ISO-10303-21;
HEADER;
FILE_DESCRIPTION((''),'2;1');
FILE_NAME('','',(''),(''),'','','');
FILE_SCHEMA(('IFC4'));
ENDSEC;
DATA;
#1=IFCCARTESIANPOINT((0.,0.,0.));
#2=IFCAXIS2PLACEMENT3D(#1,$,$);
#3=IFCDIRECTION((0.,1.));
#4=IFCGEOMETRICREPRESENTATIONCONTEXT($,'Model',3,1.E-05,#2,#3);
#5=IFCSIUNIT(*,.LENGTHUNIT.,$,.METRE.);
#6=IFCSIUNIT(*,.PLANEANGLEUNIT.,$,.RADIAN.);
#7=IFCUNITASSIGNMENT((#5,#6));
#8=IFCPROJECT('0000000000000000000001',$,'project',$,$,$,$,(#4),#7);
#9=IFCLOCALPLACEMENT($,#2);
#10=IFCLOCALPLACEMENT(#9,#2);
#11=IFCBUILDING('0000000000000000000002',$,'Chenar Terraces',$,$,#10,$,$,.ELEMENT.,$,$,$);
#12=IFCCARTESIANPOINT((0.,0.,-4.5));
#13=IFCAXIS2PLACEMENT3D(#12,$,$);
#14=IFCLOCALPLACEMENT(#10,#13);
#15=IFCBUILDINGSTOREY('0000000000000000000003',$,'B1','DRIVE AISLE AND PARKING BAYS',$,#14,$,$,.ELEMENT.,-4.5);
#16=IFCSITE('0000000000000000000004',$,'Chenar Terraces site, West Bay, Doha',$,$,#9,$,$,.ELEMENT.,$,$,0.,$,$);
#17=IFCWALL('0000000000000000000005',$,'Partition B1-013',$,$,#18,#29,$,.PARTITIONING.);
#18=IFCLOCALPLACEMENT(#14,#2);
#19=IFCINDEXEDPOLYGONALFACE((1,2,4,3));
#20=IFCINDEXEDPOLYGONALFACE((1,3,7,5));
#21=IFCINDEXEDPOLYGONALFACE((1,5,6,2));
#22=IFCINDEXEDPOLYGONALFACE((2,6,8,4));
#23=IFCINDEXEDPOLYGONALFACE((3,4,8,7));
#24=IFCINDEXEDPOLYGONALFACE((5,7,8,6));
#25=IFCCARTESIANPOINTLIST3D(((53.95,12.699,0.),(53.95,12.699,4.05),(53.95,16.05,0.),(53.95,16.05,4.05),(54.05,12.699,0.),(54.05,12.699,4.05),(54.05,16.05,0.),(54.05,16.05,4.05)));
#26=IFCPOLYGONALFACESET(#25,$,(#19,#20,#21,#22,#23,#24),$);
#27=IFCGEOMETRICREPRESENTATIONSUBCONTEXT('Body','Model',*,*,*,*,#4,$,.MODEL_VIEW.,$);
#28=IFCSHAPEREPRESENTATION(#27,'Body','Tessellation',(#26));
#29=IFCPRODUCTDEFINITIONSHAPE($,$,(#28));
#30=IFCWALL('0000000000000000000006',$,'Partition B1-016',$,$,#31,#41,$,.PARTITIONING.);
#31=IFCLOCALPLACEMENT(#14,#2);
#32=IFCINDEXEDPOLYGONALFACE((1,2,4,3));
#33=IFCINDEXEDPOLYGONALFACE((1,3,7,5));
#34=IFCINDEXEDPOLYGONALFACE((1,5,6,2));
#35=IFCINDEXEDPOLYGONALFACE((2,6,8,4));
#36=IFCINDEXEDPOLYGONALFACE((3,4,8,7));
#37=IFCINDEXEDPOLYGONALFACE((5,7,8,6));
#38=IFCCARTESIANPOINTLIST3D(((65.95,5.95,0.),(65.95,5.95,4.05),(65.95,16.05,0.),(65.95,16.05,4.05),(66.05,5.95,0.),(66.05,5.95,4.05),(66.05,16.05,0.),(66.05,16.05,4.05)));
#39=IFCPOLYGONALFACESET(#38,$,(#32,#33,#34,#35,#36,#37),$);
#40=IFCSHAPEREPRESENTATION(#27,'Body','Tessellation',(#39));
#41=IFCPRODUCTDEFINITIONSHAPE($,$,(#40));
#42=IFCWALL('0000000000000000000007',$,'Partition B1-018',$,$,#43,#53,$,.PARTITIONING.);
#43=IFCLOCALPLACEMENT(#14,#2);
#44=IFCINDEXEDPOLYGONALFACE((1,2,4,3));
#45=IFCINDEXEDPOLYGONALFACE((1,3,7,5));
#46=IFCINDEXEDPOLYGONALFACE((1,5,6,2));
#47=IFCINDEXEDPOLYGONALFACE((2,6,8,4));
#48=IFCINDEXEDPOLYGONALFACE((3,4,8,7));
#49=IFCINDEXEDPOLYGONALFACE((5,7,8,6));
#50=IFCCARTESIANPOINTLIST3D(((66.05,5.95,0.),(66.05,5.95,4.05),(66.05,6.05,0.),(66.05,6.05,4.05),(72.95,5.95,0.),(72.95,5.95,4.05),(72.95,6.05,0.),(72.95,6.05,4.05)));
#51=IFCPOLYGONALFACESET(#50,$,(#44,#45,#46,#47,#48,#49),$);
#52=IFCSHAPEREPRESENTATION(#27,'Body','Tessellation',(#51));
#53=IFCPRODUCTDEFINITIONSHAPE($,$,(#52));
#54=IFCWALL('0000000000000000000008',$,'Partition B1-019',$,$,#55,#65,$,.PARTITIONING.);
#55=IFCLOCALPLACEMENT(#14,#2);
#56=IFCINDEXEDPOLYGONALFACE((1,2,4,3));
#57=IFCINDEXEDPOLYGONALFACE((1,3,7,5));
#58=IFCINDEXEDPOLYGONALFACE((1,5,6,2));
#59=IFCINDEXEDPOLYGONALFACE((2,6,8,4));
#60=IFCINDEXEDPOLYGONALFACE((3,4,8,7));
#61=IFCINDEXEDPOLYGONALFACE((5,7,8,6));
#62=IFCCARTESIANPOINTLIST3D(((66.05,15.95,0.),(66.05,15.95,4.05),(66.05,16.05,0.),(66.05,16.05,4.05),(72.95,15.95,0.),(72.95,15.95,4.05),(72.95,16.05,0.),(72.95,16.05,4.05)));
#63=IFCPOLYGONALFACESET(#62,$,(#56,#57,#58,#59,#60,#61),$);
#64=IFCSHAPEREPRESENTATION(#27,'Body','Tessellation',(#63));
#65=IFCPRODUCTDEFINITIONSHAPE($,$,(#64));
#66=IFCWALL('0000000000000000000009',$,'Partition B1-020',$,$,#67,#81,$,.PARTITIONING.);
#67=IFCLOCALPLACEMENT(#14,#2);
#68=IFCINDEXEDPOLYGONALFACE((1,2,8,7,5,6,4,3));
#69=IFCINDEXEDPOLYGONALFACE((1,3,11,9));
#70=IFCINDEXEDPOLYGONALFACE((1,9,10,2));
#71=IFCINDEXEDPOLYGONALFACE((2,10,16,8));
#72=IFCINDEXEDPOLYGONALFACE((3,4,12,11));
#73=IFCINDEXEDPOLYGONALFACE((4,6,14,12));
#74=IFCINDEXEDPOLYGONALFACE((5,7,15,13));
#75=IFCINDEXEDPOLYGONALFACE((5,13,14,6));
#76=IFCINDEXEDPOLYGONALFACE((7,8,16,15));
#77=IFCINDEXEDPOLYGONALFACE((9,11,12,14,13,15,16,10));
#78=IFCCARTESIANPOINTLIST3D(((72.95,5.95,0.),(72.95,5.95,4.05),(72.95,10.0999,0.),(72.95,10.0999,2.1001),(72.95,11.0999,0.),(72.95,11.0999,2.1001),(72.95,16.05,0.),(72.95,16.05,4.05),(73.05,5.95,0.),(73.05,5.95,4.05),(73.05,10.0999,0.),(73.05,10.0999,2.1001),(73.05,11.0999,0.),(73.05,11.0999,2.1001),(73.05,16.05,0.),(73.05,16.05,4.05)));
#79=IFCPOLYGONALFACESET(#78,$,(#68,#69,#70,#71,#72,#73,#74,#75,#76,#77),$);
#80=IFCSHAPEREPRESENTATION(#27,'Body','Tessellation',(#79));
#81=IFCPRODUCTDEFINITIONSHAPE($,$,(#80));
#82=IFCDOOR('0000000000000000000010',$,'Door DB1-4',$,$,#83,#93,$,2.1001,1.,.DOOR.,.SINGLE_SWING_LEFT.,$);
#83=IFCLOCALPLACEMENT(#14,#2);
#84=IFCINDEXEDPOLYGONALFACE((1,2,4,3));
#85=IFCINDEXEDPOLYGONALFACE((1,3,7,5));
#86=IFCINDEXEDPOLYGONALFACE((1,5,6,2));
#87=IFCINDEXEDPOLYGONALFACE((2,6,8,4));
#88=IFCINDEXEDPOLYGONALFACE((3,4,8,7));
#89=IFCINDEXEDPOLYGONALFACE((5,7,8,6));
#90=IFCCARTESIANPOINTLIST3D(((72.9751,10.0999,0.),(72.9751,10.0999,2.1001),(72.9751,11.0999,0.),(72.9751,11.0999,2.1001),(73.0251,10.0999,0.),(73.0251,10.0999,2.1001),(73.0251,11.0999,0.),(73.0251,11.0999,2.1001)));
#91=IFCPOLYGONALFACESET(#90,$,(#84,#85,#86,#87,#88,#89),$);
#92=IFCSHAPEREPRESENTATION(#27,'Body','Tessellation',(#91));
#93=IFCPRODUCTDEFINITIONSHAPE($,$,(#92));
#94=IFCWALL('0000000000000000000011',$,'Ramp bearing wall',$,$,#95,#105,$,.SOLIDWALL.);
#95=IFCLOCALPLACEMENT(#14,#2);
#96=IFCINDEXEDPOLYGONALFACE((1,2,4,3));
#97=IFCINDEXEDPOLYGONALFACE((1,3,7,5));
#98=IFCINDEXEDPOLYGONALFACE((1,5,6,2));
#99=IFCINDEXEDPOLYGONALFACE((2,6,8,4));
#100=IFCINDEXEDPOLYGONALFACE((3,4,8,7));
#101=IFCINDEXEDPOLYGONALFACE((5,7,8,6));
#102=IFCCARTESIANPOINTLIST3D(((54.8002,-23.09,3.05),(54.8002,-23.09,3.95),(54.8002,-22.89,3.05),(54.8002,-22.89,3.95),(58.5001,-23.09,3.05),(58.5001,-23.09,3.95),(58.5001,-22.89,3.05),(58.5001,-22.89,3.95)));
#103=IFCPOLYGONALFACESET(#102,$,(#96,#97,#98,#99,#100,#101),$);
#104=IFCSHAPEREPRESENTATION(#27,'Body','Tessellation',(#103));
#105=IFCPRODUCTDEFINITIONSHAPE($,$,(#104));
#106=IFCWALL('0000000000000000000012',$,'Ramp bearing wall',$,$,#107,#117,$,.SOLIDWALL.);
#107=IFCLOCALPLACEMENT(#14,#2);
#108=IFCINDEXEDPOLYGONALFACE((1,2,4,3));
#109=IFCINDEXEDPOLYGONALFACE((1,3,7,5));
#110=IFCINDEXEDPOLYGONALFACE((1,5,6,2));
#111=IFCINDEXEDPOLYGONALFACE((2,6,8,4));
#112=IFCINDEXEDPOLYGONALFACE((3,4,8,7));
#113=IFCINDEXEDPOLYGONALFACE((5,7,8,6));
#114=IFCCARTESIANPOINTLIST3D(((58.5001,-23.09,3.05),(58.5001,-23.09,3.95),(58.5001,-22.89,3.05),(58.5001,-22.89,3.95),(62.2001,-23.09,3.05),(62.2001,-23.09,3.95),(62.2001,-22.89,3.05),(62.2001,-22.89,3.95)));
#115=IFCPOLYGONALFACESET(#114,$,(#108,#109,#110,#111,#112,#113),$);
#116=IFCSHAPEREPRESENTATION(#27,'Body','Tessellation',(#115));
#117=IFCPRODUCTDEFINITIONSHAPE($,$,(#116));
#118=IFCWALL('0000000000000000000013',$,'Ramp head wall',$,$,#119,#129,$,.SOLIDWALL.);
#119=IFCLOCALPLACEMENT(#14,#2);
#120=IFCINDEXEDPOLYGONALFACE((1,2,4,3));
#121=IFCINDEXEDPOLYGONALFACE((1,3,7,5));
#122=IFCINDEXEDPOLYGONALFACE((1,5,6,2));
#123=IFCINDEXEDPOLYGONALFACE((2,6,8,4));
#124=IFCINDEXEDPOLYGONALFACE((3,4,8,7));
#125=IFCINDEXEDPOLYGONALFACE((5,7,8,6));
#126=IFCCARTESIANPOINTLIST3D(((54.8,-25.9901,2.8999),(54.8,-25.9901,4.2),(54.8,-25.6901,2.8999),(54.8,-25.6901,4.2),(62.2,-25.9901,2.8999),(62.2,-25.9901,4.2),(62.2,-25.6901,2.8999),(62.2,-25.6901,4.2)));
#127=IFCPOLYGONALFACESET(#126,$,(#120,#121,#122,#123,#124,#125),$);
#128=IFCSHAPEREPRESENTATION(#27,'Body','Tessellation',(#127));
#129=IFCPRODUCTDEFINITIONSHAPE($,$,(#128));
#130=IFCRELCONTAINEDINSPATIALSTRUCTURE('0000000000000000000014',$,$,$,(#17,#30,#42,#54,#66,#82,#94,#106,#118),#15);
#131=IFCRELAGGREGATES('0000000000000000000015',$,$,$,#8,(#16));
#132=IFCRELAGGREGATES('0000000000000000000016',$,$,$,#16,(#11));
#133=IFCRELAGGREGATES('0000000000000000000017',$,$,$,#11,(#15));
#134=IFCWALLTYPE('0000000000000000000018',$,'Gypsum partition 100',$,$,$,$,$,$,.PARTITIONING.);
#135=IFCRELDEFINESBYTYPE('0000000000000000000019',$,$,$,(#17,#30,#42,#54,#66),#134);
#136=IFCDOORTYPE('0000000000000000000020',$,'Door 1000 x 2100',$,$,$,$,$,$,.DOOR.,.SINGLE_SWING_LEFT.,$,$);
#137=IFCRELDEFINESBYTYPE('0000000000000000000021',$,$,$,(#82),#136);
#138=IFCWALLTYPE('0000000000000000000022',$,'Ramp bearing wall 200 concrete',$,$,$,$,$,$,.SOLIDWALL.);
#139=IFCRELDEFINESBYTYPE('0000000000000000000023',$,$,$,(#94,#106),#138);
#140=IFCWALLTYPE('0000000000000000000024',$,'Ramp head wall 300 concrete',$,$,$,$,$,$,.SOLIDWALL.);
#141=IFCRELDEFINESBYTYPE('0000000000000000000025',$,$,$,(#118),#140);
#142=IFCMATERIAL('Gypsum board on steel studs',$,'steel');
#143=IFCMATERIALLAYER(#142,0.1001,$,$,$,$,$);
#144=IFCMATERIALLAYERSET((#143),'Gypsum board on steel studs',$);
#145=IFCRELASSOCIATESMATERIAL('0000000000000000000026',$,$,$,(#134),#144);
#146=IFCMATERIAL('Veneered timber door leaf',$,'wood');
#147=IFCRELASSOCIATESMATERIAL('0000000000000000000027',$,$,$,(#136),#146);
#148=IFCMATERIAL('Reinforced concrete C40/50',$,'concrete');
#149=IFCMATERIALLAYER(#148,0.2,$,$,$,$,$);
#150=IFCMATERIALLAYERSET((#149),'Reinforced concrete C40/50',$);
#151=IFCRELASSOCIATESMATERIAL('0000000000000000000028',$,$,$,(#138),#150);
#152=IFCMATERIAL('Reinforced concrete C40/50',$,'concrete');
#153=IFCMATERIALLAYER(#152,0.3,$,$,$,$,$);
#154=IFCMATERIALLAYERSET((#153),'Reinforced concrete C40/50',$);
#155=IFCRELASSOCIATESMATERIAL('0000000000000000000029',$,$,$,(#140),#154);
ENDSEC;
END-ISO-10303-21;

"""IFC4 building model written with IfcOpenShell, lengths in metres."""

from ifc_helpers import new_model, si_unit, direction, frame, frame_2d, origin, place, context, subcontext, project, spatial, rectangle, extrude, material, layer, layer_set, type_object, element, fill, save


model = new_model("IFC4")

# Units and contexts
model_context = context("Model", 3, precision=1e-05, world=origin(), true_north=direction((0.0, 1.0)))
body_context = subcontext(model_context, "Body", "Model", "MODEL_VIEW")
ifc_project = project(units=[si_unit("LENGTHUNIT", "METRE"), si_unit("PLANEANGLEUNIT", "RADIAN")], contexts=[model_context])

# Site, building, storey
site_placement = place(None, origin())
site = spatial("IfcSite", under=ifc_project, at=site_placement, Name="Chenar Terraces site, West Bay, Doha", CompositionType="ELEMENT", RefElevation=0.0)
building_placement = place(site_placement, origin())
building = spatial("IfcBuilding", under=site, at=building_placement, Name="Chenar Terraces", CompositionType="ELEMENT")
storey_placement = place(building_placement, frame((0.0, 0.0, -4.5)))
storey = spatial("IfcBuildingStorey", under=building, at=storey_placement, Name="B1", Description="DRIVE AISLE AND PARKING BAYS", CompositionType="ELEMENT", Elevation=-4.5)

# Walls
ifc_material_1 = material(Name="Gypsum board on steel studs", Category="steel")
ifc_layer_1 = layer(ifc_material_1, 0.1001)
ifc_layer_set_1 = layer_set([ifc_layer_1], Name="Gypsum board on steel studs")
wall_type_1 = type_object("IfcWallType", Name="Gypsum partition 100", PredefinedType="PARTITIONING", material=ifc_layer_set_1)
wall_1_placement = place(storey_placement, frame((54.0, 12.699, 0.0), z_axis=(0.0, 0.0, 1.0), x_axis=(0.0, 1.0, 0.0)))
element("IfcWall", 1, at=wall_1_placement, inside=storey, type_object=wall_type_1, Name="Partition B1-013", PredefinedType="PARTITIONING", context=body_context, shape_type="SweptSolid", body=[
    extrude(rectangle(XDim=3.3511, YDim=0.1001, at=frame_2d((1.6755, 0.0))), origin(), (0.0, 0.0, 1.0), 4.05),
])
wall_2_placement = place(storey_placement, frame((66.0, 5.95, 0.0), z_axis=(0.0, 0.0, 1.0), x_axis=(0.0, 1.0, 0.0)))
element("IfcWall", 2, at=wall_2_placement, inside=storey, type_object=wall_type_1, Name="Partition B1-016", PredefinedType="PARTITIONING", context=body_context, shape_type="SweptSolid", body=[
    extrude(rectangle(XDim=10.1001, YDim=0.1001, at=frame_2d((5.05, 0.0))), origin(), (0.0, 0.0, 1.0), 4.05),
])
for number, where, z_axis, x_axis, name in (
    (3, (66.05, 6.0, 0.0), (0.0, 0.0, 1.0), (1.0, 0.0, 0.0), "Partition B1-018"),
    (4, (66.05, 16.0, 0.0), (0.0, 0.0, 1.0), (1.0, 0.0, 0.0), "Partition B1-019"),
):
    element("IfcWall", number, at=place(storey_placement, frame(where, z_axis=z_axis, x_axis=x_axis)), inside=storey, type_object=wall_type_1, Name=name, PredefinedType="PARTITIONING", context=body_context, shape_type="SweptSolid", body=[
        extrude(rectangle(XDim=6.8999, YDim=0.1001, at=frame_2d((3.45, 0.0))), origin(), (0.0, 0.0, 1.0), 4.05),
    ])

# Wall, opening, door
wall_3_placement = place(storey_placement, frame((73.0, 5.95, 0.0), z_axis=(0.0, 0.0, 1.0), x_axis=(0.0, 1.0, 0.0)))
wall_3 = element("IfcWall", 5, at=wall_3_placement, inside=storey, type_object=wall_type_1, Name="Partition B1-020", PredefinedType="PARTITIONING", context=body_context, shape_type="SweptSolid", body=[
    extrude(rectangle(XDim=10.1001, YDim=0.1001, at=frame_2d((5.05, 0.0))), origin(), (0.0, 0.0, 1.0), 4.05),
])
opening_placement = place(wall_3_placement, frame((4.1499, 0.0, 0.0)))
opening = element("IfcOpeningElement", 6, at=opening_placement, cuts=wall_3, PredefinedType="OPENING", context=body_context, shape_type="SweptSolid", body=[
    extrude(rectangle(XDim=1.0, YDim=2.1001, at=frame_2d((0.5, 1.05))), frame((0.0, 0.0601, 0.0), z_axis=(0.0, -1.0, 0.0), x_axis=(1.0, 0.0, 0.0)), (0.0, 0.0, 1.0), 0.1201),
])
ifc_material_2 = material(Name="Veneered timber door leaf", Category="wood")
door_type = type_object("IfcDoorType", Name="Door 1000 x 2100", OperationType="SINGLE_SWING_LEFT", PredefinedType="DOOR", material=ifc_material_2)
door_placement = place(opening_placement, origin())
door = element("IfcDoor", 7, at=door_placement, inside=storey, type_object=door_type, Name="Door DB1-4", OperationType="SINGLE_SWING_LEFT", OverallHeight=2.1001, OverallWidth=1.0, PredefinedType="DOOR", context=body_context, shape_type="SweptSolid", body=[
    extrude(rectangle(XDim=1.0, YDim=2.1001, at=frame_2d((0.5, 1.05))), frame((0.0, 0.0249, 0.0), z_axis=(0.0, -1.0, 0.0), x_axis=(1.0, 0.0, 0.0)), (0.0, 0.0, 1.0), 0.05),
])
fill(opening, door)

# Walls
ifc_material_3 = material(Name="Reinforced concrete C40/50", Category="concrete")
ifc_layer_2 = layer(ifc_material_3, 0.2)
ifc_layer_set_2 = layer_set([ifc_layer_2], Name="Reinforced concrete C40/50")
wall_type_2 = type_object("IfcWallType", Name="Ramp bearing wall 200 concrete", PredefinedType="SOLIDWALL", material=ifc_layer_set_2)
for number, where, z_axis, x_axis, name in (
    (8, (54.8, -22.99, 3.05), (0.0, 0.0, 1.0), (1.0, 0.0, 0.0), "Ramp bearing wall"),
    (9, (58.5, -22.99, 3.05), (0.0, 0.0, 1.0), (1.0, 0.0, 0.0), "Ramp bearing wall"),
):
    element("IfcWall", number, at=place(storey_placement, frame(where, z_axis=z_axis, x_axis=x_axis)), inside=storey, type_object=wall_type_2, Name=name, PredefinedType="SOLIDWALL", context=body_context, shape_type="SweptSolid", body=[
        extrude(rectangle(XDim=3.7, YDim=0.2, at=frame_2d((1.8501, 0.0))), origin(), (0.0, 0.0, 1.0), 0.8999),
    ])
ifc_material_4 = material(Name="Reinforced concrete C40/50", Category="concrete")
ifc_layer_3 = layer(ifc_material_4, 0.3)
ifc_layer_set_3 = layer_set([ifc_layer_3], Name="Reinforced concrete C40/50")
wall_type_3 = type_object("IfcWallType", Name="Ramp head wall 300 concrete", PredefinedType="SOLIDWALL", material=ifc_layer_set_3)
wall_4_placement = place(storey_placement, frame((54.8, -25.8401, 2.8999), z_axis=(0.0, 0.0, 1.0), x_axis=(1.0, 0.0, 0.0)))
element("IfcWall", 10, at=wall_4_placement, inside=storey, type_object=wall_type_3, Name="Ramp head wall", PredefinedType="SOLIDWALL", context=body_context, shape_type="SweptSolid", body=[
    extrude(rectangle(XDim=7.3999, YDim=0.3, at=frame_2d((3.7, 0.0))), origin(), (0.0, 0.0, 1.0), 1.3),
])

save(model, "model.ifc")
